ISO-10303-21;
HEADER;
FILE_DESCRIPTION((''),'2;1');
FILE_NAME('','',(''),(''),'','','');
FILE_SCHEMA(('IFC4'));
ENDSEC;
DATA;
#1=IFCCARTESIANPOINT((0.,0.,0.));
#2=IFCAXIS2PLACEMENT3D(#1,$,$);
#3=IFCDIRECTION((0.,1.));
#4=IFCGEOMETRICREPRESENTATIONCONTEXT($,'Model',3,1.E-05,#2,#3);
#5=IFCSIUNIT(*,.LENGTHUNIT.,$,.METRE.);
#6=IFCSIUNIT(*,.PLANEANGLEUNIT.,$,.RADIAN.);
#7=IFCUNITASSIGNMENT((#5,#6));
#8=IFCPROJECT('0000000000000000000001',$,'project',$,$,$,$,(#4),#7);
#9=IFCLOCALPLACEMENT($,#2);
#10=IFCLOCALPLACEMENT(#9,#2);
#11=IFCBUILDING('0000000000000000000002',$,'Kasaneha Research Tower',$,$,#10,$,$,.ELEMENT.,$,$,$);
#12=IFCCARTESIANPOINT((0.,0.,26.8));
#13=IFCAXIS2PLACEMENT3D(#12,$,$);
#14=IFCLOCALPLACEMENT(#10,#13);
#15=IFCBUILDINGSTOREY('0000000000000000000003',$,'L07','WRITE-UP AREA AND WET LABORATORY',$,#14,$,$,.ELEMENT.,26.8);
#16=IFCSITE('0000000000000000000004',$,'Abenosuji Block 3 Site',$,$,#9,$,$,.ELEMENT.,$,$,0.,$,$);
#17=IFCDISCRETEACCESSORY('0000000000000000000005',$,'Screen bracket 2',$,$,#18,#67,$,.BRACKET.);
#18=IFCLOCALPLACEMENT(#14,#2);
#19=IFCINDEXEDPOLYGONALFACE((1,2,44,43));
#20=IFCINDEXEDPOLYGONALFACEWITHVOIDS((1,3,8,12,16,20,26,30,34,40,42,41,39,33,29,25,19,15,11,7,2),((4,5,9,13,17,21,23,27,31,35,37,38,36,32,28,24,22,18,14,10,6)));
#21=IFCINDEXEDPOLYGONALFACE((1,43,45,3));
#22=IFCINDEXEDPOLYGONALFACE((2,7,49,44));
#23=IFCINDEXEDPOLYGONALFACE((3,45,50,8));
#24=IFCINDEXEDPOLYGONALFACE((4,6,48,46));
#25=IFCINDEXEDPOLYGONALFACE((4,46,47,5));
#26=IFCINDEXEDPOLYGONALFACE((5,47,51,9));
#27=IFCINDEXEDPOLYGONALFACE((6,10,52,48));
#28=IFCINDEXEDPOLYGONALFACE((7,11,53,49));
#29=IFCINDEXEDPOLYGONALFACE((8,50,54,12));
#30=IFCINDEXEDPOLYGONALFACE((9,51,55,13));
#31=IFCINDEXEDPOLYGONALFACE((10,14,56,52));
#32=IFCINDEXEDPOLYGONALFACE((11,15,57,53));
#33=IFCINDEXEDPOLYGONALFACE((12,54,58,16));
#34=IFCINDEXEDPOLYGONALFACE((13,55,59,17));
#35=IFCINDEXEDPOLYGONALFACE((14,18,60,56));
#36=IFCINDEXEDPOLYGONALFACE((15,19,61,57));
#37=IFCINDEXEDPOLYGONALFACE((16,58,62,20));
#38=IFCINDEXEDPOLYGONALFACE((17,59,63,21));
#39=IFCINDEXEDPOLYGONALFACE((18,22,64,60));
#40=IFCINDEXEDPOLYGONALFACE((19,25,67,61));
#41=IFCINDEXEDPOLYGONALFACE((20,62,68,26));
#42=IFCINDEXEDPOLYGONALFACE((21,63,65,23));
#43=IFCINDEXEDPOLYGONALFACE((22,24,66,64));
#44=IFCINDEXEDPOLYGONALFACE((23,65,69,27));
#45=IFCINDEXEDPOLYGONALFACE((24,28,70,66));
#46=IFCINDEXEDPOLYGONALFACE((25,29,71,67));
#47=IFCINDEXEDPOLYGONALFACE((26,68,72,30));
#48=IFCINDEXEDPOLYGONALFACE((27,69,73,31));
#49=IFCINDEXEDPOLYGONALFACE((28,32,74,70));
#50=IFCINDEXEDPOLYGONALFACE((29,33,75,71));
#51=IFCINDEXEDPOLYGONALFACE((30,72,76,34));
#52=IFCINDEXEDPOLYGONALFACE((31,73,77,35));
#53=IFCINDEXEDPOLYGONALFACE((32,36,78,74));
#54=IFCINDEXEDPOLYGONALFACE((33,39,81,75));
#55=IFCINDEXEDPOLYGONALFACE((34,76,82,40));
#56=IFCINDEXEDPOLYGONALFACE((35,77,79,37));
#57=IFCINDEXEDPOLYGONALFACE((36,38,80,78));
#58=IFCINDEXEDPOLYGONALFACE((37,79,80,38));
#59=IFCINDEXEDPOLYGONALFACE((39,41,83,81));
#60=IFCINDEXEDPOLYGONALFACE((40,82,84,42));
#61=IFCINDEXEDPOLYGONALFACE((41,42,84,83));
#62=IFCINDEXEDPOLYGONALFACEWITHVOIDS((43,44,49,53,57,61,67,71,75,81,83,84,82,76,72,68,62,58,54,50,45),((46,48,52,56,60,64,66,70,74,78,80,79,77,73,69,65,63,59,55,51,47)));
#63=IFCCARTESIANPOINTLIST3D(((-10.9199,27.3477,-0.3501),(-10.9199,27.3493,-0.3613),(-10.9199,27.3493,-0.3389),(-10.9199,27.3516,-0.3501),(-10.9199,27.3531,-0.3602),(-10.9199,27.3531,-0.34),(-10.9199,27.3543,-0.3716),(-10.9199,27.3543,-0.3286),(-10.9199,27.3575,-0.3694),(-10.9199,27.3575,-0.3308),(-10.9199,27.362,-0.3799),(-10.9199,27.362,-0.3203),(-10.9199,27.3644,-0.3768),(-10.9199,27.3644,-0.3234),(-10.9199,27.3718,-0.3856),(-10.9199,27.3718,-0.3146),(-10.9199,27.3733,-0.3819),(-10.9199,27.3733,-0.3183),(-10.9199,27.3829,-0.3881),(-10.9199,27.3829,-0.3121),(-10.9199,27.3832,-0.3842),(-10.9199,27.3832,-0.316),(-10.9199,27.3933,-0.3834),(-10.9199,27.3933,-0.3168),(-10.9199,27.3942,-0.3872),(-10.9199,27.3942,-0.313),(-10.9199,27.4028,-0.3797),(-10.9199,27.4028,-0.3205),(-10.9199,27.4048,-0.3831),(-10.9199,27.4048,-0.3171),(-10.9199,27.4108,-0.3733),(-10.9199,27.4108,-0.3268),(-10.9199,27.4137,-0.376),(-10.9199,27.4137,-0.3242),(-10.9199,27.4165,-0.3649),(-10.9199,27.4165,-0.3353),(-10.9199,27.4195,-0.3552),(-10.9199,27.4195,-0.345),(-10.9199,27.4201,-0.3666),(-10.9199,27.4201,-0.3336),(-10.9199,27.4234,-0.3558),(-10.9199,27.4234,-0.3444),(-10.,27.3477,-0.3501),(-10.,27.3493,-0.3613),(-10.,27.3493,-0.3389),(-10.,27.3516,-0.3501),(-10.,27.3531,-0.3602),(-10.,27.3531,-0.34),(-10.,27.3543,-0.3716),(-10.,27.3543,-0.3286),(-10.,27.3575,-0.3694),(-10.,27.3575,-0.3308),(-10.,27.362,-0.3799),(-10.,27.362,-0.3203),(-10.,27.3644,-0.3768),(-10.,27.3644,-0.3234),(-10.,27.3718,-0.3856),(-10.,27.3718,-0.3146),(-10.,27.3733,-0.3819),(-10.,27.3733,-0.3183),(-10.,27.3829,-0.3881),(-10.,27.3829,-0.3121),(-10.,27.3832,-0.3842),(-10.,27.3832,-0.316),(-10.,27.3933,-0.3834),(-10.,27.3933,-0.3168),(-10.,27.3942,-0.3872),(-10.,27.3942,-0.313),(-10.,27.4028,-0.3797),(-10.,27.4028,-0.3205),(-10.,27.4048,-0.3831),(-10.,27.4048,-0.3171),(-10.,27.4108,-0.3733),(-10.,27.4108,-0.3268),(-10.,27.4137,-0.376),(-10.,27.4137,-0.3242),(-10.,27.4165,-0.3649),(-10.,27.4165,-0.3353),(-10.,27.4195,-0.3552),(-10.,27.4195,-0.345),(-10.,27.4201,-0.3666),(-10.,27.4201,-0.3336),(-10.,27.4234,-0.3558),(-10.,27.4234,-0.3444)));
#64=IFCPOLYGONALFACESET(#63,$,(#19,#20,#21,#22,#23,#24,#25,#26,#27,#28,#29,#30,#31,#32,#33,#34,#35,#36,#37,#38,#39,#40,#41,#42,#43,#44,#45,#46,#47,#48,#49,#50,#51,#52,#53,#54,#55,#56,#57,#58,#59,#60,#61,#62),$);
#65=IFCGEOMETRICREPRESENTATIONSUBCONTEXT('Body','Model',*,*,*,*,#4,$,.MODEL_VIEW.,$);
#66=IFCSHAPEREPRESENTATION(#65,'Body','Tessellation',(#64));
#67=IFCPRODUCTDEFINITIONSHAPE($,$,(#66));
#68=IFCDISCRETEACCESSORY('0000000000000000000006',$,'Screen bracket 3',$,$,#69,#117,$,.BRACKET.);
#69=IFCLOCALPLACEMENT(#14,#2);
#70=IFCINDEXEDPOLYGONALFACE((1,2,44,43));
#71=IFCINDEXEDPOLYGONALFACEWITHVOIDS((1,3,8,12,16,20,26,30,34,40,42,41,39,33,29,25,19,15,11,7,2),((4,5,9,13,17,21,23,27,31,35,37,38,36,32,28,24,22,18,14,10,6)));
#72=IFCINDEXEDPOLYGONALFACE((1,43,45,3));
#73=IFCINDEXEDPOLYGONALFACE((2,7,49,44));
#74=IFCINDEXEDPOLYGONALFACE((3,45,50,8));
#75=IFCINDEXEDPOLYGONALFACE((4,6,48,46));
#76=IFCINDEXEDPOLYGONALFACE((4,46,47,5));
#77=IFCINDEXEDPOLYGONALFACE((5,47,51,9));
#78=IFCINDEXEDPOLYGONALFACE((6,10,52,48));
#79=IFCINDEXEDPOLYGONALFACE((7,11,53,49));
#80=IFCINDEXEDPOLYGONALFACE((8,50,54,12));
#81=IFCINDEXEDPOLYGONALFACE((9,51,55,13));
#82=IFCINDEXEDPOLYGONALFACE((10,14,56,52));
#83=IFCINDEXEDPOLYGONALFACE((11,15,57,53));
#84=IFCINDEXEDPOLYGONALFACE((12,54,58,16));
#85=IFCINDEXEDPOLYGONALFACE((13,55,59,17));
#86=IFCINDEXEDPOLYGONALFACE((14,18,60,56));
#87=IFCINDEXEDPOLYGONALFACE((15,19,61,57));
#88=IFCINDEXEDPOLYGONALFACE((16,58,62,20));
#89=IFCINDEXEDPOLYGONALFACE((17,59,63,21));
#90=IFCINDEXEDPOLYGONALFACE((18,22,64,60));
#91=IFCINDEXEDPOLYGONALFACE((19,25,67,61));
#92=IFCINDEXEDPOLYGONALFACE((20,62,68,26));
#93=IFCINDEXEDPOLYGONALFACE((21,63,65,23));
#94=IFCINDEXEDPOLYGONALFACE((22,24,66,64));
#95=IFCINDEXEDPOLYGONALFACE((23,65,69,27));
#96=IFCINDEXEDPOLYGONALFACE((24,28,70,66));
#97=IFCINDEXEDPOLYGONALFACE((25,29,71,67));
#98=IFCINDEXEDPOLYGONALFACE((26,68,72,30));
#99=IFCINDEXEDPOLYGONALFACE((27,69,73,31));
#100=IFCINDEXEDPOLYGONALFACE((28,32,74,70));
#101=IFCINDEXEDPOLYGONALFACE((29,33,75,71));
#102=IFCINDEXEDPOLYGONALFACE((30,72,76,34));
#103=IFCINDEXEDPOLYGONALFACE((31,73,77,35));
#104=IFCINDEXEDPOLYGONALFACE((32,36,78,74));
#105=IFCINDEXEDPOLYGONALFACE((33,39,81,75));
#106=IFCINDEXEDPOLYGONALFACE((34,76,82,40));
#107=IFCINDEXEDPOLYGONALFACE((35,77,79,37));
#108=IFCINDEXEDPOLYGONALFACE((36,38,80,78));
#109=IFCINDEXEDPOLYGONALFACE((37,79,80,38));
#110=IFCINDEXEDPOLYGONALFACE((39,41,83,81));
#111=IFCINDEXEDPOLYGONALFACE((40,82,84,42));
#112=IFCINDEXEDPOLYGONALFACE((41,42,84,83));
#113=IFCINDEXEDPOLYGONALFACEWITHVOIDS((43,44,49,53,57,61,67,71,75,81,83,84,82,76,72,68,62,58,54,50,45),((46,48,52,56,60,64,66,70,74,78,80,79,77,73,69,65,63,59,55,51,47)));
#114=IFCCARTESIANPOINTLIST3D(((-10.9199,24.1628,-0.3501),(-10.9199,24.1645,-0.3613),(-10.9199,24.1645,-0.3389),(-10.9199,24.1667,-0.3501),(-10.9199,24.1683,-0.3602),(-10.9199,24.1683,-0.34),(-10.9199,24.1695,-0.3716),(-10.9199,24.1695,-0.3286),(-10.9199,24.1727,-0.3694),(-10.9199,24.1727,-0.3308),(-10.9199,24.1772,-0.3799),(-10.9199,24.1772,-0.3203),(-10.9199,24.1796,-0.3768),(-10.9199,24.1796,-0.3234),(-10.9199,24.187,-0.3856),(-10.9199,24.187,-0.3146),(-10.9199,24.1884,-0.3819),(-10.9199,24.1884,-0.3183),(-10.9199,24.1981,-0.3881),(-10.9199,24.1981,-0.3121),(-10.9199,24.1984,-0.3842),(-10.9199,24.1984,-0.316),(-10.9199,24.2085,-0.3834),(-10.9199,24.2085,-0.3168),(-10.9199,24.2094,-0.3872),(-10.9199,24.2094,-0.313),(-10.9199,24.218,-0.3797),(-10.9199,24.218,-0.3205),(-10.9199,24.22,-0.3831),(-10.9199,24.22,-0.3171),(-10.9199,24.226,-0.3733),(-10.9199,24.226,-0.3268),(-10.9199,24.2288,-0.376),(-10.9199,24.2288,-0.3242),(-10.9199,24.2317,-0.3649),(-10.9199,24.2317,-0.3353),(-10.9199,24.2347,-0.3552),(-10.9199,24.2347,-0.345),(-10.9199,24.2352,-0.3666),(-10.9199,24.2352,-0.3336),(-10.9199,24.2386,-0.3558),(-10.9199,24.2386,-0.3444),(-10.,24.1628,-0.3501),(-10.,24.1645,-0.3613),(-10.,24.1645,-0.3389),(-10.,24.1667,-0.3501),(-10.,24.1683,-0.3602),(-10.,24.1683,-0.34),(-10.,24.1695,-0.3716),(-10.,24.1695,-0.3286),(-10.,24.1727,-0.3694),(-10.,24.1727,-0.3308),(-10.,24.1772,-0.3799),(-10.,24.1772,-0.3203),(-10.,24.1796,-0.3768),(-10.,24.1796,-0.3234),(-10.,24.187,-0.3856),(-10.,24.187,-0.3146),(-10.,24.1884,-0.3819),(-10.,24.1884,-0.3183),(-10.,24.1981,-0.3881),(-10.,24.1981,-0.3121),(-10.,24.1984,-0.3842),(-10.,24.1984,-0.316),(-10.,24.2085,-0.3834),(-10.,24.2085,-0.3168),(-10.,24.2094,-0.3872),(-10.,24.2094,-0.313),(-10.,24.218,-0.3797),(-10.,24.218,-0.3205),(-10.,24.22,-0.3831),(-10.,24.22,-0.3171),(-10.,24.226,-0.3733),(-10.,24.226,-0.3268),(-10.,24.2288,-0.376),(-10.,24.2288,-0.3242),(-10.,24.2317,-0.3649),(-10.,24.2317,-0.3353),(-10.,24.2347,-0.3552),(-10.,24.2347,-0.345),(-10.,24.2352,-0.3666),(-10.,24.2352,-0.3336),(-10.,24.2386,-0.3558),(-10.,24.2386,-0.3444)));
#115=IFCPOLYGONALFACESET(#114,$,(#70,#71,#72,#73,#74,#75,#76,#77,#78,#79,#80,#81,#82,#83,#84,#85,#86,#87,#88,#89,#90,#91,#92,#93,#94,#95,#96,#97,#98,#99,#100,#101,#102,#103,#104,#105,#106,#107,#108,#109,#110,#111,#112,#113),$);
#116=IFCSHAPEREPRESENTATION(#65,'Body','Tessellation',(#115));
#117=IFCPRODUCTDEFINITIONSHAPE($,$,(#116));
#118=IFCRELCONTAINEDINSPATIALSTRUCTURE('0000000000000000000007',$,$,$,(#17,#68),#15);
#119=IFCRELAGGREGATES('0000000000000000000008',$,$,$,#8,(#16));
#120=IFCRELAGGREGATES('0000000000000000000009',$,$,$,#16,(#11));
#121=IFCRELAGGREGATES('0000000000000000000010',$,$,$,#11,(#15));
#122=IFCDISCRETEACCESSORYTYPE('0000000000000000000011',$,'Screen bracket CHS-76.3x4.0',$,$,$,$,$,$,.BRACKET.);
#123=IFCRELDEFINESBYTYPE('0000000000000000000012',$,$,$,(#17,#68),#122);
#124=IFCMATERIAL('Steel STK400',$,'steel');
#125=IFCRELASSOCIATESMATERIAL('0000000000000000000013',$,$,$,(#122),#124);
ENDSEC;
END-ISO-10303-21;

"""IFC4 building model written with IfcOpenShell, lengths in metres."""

from ifc_helpers import new_model, si_unit, direction, frame, origin, origin_2d, place, context, subcontext, project, spatial, hollow_circle, extrude, material, material_profile, profile_set, type_object, element, save


model = new_model("IFC4")

# Units and contexts
model_context = context("Model", 3, precision=1e-05, world=origin(), true_north=direction((0.0, 1.0)))
body_context = subcontext(model_context, "Body", "Model", "MODEL_VIEW")
ifc_project = project(units=[si_unit("LENGTHUNIT", "METRE"), si_unit("PLANEANGLEUNIT", "RADIAN")], contexts=[model_context])

# Site, building, storey
site_placement = place(None, origin())
site = spatial("IfcSite", under=ifc_project, at=site_placement, Name="Abenosuji Block 3 Site", CompositionType="ELEMENT", RefElevation=0.0)
building_placement = place(site_placement, origin())
building = spatial("IfcBuilding", under=site, at=building_placement, Name="Kasaneha Research Tower", CompositionType="ELEMENT")
storey_placement = place(building_placement, frame((0.0, 0.0, 26.8)))
storey = spatial("IfcBuildingStorey", under=building, at=storey_placement, Name="L07", Description="WRITE-UP AREA AND WET LABORATORY", CompositionType="ELEMENT", Elevation=26.8)

# Discrete accessories
ifc_material_1 = material(Name="Steel STK400", Category="steel")
ifc_material_profile_1 = material_profile(ifc_material_1, hollow_circle(Radius=0.0381, WallThickness=0.0039, at=origin_2d()), Name="CHS-76.3x4.0")
ifc_profile_set_1 = profile_set([ifc_material_profile_1], Name="Steel STK400")
discrete_accessory_type = type_object("IfcDiscreteAccessoryType", Name="Screen bracket CHS-76.3x4.0", PredefinedType="BRACKET", material=ifc_profile_set_1)
for number, where, z_axis, x_axis, name in (
    (1, (-10.0, 27.3857, -0.3501), (-1.0, 0.0, 0.0), (0.0, -1.0, 0.0), "Screen bracket 2"),
    (2, (-10.0, 24.2009, -0.3501), (-1.0, 0.0, 0.0), (0.0, -1.0, 0.0), "Screen bracket 3"),
):
    element("IfcDiscreteAccessory", number, at=place(storey_placement, frame(where, z_axis=z_axis, x_axis=x_axis)), inside=storey, type_object=discrete_accessory_type, Name=name, PredefinedType="BRACKET", context=body_context, shape_type="SweptSolid", body=[
        extrude(hollow_circle(Radius=0.0381, WallThickness=0.0039, at=origin_2d()), origin(), (0.0, 0.0, 1.0), 0.9199),
    ])

save(model, "model.ifc")
